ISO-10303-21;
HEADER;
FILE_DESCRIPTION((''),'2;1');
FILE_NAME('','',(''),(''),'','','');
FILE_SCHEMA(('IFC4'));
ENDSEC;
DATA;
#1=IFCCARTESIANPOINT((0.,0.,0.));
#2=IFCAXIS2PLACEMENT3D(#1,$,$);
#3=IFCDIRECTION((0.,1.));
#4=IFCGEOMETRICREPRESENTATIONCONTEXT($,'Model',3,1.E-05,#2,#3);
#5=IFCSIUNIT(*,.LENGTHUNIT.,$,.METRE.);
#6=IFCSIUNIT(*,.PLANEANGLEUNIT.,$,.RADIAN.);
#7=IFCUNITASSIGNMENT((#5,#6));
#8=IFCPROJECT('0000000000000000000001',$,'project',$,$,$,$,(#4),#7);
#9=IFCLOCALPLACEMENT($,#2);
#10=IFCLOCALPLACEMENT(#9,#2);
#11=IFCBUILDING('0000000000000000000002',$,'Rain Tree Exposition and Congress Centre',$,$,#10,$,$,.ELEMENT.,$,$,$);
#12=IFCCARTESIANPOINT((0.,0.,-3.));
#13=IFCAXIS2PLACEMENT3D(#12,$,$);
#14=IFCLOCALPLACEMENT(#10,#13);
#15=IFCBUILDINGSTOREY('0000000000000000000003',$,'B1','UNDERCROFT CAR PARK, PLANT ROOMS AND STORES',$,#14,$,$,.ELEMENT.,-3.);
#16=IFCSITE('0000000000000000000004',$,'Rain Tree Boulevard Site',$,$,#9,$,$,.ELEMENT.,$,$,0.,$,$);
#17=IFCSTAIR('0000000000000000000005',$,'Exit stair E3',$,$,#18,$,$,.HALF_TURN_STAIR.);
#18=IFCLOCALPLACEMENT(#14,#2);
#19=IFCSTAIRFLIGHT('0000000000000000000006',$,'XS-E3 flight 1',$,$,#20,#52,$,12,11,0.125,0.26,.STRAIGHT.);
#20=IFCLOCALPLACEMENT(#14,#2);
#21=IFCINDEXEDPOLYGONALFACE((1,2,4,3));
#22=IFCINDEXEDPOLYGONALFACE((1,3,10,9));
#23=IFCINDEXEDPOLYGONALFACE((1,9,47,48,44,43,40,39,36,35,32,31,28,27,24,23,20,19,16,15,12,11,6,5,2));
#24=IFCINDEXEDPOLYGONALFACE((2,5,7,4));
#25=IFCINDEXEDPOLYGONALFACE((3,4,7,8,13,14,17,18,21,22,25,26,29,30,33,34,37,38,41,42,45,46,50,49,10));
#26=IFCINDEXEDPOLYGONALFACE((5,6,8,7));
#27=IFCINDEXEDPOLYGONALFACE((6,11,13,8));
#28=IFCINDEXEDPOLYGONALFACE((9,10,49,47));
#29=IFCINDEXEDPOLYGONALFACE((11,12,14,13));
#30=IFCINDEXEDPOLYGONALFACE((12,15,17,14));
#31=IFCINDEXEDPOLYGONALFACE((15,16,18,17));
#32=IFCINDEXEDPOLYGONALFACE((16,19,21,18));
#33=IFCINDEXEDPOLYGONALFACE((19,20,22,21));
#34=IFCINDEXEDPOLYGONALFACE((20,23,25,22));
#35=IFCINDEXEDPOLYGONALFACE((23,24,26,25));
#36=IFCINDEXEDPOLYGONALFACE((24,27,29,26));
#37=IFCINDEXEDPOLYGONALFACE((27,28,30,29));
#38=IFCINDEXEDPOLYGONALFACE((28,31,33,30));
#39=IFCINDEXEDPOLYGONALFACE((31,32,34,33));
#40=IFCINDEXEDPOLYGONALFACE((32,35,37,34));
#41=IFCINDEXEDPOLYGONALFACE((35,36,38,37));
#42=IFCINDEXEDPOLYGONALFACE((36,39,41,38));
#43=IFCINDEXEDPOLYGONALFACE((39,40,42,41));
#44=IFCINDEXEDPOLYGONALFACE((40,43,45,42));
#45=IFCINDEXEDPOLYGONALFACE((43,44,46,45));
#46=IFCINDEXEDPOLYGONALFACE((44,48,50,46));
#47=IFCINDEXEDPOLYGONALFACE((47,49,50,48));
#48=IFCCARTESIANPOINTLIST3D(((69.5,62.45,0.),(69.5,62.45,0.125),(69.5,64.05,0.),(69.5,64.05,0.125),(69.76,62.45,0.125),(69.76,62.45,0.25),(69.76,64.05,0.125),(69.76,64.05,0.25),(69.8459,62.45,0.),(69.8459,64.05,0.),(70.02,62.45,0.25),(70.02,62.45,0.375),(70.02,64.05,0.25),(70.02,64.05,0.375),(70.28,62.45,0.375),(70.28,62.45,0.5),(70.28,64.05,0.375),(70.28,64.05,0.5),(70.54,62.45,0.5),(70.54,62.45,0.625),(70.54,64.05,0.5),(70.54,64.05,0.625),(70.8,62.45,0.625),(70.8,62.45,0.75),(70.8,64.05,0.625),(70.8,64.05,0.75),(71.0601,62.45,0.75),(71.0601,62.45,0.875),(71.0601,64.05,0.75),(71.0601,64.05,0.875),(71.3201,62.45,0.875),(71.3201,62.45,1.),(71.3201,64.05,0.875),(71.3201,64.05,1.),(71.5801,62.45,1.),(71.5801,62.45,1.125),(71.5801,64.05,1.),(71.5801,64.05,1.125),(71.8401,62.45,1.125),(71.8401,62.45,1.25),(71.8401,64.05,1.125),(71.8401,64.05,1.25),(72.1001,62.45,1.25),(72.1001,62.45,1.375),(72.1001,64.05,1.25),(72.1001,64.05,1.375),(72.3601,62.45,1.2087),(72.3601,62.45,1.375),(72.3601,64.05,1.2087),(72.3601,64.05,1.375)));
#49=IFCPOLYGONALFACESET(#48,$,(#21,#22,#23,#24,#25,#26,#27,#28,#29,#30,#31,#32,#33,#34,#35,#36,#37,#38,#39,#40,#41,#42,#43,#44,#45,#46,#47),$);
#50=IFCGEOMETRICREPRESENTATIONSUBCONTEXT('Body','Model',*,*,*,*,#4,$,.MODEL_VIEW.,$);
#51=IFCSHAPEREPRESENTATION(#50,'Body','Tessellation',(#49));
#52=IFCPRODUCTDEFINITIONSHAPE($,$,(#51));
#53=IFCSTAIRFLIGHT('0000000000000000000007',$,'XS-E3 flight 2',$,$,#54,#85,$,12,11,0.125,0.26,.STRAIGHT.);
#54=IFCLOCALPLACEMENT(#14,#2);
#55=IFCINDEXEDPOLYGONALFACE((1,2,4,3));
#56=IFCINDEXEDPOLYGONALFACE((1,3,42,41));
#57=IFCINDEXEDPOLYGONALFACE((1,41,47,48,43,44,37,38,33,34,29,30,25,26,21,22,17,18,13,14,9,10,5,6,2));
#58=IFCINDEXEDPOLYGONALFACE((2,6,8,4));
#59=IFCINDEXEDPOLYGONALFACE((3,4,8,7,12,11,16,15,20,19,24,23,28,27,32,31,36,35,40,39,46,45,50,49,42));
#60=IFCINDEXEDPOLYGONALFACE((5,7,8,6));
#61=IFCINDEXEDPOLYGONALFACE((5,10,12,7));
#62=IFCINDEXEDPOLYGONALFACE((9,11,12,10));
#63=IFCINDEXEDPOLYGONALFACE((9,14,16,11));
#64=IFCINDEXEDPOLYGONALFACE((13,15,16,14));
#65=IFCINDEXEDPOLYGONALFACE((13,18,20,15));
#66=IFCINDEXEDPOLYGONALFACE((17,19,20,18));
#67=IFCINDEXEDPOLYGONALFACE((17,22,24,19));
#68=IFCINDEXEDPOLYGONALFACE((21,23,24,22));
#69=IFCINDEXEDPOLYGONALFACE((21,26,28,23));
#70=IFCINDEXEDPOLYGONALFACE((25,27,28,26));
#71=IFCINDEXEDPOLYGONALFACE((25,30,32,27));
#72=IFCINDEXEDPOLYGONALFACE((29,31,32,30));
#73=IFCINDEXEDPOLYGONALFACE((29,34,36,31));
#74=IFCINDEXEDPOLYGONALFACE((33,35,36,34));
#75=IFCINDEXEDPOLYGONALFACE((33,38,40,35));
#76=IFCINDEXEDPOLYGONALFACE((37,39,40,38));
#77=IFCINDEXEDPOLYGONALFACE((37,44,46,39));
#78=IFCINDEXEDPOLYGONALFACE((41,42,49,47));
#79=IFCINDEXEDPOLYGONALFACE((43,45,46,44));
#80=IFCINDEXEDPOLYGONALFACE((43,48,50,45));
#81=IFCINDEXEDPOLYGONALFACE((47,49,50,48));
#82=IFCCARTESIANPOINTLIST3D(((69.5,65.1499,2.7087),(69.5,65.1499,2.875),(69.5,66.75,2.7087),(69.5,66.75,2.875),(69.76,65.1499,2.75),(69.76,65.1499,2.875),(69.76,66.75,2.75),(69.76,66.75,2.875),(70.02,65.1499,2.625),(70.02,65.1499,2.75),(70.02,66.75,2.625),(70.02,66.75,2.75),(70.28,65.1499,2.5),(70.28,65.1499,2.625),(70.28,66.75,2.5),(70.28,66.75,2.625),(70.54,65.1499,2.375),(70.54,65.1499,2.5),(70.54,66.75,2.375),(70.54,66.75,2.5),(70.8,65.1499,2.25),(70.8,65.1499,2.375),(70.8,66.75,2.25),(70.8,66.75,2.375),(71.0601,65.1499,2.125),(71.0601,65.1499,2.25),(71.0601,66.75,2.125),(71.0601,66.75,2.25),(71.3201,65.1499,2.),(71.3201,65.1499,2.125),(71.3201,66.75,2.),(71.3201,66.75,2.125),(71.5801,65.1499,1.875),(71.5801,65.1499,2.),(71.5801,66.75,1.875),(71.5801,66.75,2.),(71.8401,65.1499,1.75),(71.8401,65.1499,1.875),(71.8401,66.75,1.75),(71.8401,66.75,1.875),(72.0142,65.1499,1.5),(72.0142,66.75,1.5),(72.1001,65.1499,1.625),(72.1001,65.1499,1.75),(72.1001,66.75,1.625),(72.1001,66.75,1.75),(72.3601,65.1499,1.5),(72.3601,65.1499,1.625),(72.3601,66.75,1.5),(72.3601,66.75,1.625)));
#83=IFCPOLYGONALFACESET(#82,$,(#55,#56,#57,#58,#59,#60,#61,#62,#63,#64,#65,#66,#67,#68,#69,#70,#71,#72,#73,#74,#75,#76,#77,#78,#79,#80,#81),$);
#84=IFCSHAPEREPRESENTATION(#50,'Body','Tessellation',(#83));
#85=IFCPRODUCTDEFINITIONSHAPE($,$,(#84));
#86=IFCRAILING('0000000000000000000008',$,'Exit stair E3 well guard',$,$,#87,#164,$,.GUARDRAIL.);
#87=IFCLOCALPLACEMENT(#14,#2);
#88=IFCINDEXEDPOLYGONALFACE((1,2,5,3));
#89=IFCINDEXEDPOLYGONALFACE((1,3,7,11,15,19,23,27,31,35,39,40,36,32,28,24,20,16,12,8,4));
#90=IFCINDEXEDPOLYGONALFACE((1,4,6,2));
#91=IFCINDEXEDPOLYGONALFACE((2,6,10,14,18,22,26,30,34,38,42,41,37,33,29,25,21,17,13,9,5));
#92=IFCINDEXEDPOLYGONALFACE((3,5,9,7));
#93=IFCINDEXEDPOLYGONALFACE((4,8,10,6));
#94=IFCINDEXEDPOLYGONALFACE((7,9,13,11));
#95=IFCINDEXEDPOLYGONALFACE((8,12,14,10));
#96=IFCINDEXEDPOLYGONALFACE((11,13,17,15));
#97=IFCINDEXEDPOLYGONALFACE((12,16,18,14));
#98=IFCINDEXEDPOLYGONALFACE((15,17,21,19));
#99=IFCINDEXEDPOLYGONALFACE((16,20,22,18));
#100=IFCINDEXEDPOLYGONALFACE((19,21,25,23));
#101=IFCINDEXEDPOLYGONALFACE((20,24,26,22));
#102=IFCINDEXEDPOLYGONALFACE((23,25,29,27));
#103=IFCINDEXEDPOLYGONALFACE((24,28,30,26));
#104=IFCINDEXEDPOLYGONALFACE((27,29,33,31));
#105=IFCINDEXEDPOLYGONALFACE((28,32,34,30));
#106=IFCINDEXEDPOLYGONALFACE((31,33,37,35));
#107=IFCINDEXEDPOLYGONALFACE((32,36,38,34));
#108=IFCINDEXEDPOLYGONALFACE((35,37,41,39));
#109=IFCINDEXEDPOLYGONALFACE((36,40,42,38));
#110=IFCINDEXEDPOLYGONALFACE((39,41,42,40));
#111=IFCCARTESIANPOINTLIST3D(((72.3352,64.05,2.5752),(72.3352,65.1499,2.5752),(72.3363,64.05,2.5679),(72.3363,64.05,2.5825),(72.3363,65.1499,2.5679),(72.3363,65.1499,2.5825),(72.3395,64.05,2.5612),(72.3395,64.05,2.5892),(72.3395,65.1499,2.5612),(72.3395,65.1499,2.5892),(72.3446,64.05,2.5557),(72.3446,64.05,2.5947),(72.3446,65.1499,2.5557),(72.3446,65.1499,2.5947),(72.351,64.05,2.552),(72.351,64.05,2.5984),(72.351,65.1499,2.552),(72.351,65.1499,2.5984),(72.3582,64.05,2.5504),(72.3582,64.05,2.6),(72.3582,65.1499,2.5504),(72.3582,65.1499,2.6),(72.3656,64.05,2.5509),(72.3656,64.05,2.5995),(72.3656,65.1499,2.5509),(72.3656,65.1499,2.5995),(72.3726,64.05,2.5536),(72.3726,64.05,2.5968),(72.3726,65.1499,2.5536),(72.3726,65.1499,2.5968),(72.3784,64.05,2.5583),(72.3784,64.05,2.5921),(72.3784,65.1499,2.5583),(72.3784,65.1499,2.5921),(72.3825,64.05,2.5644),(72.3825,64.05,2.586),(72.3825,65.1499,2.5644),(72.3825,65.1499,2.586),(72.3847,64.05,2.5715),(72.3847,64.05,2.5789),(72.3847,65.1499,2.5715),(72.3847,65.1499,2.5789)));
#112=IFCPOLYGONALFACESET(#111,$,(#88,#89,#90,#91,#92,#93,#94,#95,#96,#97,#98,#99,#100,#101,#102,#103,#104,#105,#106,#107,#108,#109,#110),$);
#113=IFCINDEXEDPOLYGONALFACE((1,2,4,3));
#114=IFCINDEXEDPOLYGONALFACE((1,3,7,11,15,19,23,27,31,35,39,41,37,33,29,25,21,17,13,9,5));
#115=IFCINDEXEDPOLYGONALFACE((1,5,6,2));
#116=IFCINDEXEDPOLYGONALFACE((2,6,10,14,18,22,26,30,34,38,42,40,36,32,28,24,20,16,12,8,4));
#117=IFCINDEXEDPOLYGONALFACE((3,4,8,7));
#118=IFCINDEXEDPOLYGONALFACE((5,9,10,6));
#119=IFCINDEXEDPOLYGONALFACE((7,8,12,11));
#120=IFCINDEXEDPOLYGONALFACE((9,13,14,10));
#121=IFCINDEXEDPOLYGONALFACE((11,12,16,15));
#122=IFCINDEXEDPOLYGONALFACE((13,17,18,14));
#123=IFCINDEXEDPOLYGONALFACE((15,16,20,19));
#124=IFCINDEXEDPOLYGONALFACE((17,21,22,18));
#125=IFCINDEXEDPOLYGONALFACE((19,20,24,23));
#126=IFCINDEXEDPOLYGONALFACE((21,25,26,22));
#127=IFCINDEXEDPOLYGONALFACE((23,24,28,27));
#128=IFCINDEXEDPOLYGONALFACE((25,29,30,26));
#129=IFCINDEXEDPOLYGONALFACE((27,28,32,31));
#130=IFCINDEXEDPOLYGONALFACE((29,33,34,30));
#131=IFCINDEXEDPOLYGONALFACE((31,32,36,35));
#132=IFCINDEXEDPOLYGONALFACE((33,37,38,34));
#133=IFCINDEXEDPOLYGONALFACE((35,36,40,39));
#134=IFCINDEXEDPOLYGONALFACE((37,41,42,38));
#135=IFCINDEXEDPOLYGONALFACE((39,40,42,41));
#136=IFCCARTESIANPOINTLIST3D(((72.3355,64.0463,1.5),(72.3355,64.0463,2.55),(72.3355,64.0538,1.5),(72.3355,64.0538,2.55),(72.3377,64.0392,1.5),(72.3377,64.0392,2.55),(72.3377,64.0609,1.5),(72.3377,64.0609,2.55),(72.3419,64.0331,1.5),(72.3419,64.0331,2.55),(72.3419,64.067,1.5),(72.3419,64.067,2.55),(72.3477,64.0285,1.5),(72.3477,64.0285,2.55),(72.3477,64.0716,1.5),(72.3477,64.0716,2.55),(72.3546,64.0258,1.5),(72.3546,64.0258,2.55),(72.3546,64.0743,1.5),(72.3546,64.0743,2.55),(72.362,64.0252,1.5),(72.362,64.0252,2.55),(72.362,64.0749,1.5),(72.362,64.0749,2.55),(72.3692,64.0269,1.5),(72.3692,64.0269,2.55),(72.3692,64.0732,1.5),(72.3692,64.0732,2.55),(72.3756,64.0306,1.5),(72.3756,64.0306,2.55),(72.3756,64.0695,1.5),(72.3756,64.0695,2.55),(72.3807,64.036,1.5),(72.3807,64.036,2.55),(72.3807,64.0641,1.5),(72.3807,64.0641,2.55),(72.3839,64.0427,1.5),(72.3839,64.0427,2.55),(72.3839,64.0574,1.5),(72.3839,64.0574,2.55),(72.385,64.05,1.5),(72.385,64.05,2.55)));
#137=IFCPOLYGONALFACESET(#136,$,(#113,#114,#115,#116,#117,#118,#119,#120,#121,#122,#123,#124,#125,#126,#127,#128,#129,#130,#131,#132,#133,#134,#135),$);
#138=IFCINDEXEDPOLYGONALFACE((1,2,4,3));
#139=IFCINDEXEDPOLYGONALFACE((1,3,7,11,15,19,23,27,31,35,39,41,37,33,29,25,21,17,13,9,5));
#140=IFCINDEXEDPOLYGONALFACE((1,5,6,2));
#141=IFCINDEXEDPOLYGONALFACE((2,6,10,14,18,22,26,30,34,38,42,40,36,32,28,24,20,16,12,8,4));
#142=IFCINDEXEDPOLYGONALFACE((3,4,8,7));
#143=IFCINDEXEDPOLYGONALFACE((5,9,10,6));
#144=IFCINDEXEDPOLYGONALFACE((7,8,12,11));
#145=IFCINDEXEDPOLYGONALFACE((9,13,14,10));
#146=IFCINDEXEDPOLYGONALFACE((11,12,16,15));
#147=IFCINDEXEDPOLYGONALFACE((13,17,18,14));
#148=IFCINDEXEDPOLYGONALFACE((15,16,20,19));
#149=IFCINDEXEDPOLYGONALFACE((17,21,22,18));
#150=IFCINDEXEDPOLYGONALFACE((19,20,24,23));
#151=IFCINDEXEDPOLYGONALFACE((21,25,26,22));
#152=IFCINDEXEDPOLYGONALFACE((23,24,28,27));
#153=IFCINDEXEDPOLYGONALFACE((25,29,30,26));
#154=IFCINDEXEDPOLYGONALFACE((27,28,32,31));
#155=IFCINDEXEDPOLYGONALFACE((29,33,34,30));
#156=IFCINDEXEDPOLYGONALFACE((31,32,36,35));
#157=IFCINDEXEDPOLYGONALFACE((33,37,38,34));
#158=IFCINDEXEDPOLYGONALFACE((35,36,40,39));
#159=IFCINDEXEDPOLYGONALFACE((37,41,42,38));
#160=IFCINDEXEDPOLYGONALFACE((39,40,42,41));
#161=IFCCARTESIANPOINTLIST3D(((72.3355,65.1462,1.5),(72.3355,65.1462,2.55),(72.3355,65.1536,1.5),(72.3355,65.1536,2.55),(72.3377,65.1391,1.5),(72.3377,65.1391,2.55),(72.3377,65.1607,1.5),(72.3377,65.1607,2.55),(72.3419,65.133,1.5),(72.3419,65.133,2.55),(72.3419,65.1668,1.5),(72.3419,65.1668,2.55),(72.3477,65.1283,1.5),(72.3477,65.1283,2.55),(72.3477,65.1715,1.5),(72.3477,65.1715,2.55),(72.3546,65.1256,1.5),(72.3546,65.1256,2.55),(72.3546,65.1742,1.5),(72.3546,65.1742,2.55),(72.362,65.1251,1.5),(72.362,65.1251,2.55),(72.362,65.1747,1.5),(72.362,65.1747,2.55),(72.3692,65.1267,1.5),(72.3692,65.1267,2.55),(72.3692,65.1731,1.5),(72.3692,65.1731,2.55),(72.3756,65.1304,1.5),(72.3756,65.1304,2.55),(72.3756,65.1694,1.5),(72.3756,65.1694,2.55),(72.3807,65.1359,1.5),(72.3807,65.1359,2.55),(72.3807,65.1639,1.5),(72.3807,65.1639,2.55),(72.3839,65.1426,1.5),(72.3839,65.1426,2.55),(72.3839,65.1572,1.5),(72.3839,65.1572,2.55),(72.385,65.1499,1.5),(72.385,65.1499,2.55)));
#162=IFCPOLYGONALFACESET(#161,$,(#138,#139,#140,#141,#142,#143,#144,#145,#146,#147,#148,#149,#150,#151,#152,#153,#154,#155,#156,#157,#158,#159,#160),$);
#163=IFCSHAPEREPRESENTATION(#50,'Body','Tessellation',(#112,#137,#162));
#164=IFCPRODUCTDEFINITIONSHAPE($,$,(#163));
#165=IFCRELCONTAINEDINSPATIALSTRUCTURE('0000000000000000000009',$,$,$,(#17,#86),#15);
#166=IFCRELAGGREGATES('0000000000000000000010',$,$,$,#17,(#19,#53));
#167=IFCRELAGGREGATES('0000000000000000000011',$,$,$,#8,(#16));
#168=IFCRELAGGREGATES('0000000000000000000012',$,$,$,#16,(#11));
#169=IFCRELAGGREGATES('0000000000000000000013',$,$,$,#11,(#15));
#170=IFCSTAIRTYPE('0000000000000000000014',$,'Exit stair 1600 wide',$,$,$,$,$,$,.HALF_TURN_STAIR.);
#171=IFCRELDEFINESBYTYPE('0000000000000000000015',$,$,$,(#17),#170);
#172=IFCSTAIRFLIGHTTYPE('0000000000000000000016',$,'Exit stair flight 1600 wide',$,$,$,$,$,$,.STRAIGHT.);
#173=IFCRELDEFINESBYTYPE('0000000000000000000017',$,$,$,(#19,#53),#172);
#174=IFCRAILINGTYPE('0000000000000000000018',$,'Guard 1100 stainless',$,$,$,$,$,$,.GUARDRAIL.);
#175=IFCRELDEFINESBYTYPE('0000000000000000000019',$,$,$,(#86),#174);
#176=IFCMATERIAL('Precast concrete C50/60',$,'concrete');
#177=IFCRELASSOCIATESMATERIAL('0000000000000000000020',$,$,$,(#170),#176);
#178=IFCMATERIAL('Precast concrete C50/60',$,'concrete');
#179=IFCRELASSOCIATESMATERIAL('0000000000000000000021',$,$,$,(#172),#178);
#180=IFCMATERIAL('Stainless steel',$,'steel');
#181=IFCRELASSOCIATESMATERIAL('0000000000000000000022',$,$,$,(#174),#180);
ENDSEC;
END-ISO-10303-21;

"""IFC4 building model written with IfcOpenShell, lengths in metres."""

from ifc_helpers import new_model, si_unit, direction, frame, origin, origin_2d, place, context, subcontext, project, spatial, polyline, circle, outline, extrude, material, type_object, element, aggregate, save


model = new_model("IFC4")

# Units and contexts
model_context = context("Model", 3, precision=1e-05, world=origin(), true_north=direction((0.0, 1.0)))
body_context = subcontext(model_context, "Body", "Model", "MODEL_VIEW")
ifc_project = project(units=[si_unit("LENGTHUNIT", "METRE"), si_unit("PLANEANGLEUNIT", "RADIAN")], contexts=[model_context])

# Site, building, storey
site_placement = place(None, origin())
site = spatial("IfcSite", under=ifc_project, at=site_placement, Name="Rain Tree Boulevard Site", CompositionType="ELEMENT", RefElevation=0.0)
building_placement = place(site_placement, origin())
building = spatial("IfcBuilding", under=site, at=building_placement, Name="Rain Tree Exposition and Congress Centre", CompositionType="ELEMENT")
storey_placement = place(building_placement, frame((0.0, 0.0, -3.0)))
storey = spatial("IfcBuildingStorey", under=building, at=storey_placement, Name="B1", Description="UNDERCROFT CAR PARK, PLANT ROOMS AND STORES", CompositionType="ELEMENT", Elevation=-3.0)

# Stair, stair flights
ifc_material_1 = material(Name="Precast concrete C50/60", Category="concrete")
stair_type = type_object("IfcStairType", Name="Exit stair 1600 wide", PredefinedType="HALF_TURN_STAIR", material=ifc_material_1)
stair_placement = place(storey_placement, origin())
stair = element("IfcStair", 1, at=stair_placement, inside=storey, type_object=stair_type, Name="Exit stair E3", PredefinedType="HALF_TURN_STAIR")
ifc_material_2 = material(Name="Precast concrete C50/60", Category="concrete")
stair_flight_type = type_object("IfcStairFlightType", Name="Exit stair flight 1600 wide", PredefinedType="STRAIGHT", material=ifc_material_2)
stair_flight_1_placement = place(storey_placement, frame((69.5, 63.25, 0.0), z_axis=(0.0, 0.0, 1.0), x_axis=(1.0, 0.0, 0.0)))
stair_flight_1 = element("IfcStairFlight", 2, at=stair_flight_1_placement, type_object=stair_flight_type, Name="XS-E3 flight 1", NumberOfRisers=12, NumberOfTreads=11, PredefinedType="STRAIGHT", RiserHeight=0.125, TreadLength=0.26, context=body_context, shape_type="SweptSolid", body=[
    extrude(outline(polyline([(0.0, 0.0), (0.0, 0.125), (0.26, 0.125), (0.26, 0.25), (0.52, 0.25), (0.52, 0.375), (0.78, 0.375), (0.78, 0.5), (1.04, 0.5), (1.04, 0.625), (1.3, 0.625), (1.3, 0.75), (1.5601, 0.75), (1.5601, 0.875), (1.8201, 0.875), (1.8201, 1.0), (2.0801, 1.0), (2.0801, 1.125), (2.3401, 1.125), (2.3401, 1.25), (2.6001, 1.25), (2.6001, 1.375), (2.8601, 1.375), (2.8601, 1.5), (2.8601, 1.2087), (0.3459, 0.0), (0.0, 0.0)])), frame((0.0, 0.8, 0.0), z_axis=(0.0, -1.0, 0.0), x_axis=(1.0, 0.0, 0.0)), (0.0, 0.0, 1.0), 1.6001),
])
stair_flight_2_placement = place(storey_placement, frame((72.3601, 65.95, 1.5), z_axis=(0.0, 0.0, 1.0), x_axis=(-1.0, 0.0, 0.0)))
stair_flight_2 = element("IfcStairFlight", 3, at=stair_flight_2_placement, type_object=stair_flight_type, Name="XS-E3 flight 2", NumberOfRisers=12, NumberOfTreads=11, PredefinedType="STRAIGHT", RiserHeight=0.125, TreadLength=0.26, context=body_context, shape_type="SweptSolid", body=[
    extrude(outline(polyline([(0.0, 0.0), (0.0, 0.125), (0.26, 0.125), (0.26, 0.25), (0.52, 0.25), (0.52, 0.375), (0.78, 0.375), (0.78, 0.5), (1.04, 0.5), (1.04, 0.625), (1.3, 0.625), (1.3, 0.75), (1.5601, 0.75), (1.5601, 0.875), (1.8201, 0.875), (1.8201, 1.0), (2.0801, 1.0), (2.0801, 1.125), (2.3401, 1.125), (2.3401, 1.25), (2.6001, 1.25), (2.6001, 1.375), (2.8601, 1.375), (2.8601, 1.5), (2.8601, 1.2087), (0.3459, 0.0), (0.0, 0.0)])), frame((0.0, 0.8, 0.0), z_axis=(0.0, -1.0, 0.0), x_axis=(1.0, 0.0, 0.0)), (0.0, 0.0, 1.0), 1.6001),
])
aggregate(stair, [stair_flight_1, stair_flight_2])

# Railing
ifc_material_3 = material(Name="Stainless steel", Category="steel")
railing_type = type_object("IfcRailingType", Name="Guard 1100 stainless", PredefinedType="GUARDRAIL", material=ifc_material_3)
railing_placement = place(storey_placement, frame((72.3601, 64.05, 1.5)))
element("IfcRailing", 4, at=railing_placement, inside=storey, type_object=railing_type, Name="Exit stair E3 well guard", PredefinedType="GUARDRAIL", context=body_context, shape_type="SweptSolid", body=[
    extrude(circle(Radius=0.0249, at=origin_2d()), frame((0.0, 0.0, 1.0752), z_axis=(0.0, 1.0, 0.0), x_axis=(-1.0, 0.0, 0.0)), (0.0, 0.0, 1.0), 1.0999),
    extrude(circle(Radius=0.0249, at=origin_2d()), origin(), (0.0, 0.0, 1.0), 1.05),
    extrude(circle(Radius=0.0249, at=origin_2d()), frame((0.0, 1.0999, 0.0)), (0.0, 0.0, 1.0), 1.05),
])

save(model, "model.ifc")
